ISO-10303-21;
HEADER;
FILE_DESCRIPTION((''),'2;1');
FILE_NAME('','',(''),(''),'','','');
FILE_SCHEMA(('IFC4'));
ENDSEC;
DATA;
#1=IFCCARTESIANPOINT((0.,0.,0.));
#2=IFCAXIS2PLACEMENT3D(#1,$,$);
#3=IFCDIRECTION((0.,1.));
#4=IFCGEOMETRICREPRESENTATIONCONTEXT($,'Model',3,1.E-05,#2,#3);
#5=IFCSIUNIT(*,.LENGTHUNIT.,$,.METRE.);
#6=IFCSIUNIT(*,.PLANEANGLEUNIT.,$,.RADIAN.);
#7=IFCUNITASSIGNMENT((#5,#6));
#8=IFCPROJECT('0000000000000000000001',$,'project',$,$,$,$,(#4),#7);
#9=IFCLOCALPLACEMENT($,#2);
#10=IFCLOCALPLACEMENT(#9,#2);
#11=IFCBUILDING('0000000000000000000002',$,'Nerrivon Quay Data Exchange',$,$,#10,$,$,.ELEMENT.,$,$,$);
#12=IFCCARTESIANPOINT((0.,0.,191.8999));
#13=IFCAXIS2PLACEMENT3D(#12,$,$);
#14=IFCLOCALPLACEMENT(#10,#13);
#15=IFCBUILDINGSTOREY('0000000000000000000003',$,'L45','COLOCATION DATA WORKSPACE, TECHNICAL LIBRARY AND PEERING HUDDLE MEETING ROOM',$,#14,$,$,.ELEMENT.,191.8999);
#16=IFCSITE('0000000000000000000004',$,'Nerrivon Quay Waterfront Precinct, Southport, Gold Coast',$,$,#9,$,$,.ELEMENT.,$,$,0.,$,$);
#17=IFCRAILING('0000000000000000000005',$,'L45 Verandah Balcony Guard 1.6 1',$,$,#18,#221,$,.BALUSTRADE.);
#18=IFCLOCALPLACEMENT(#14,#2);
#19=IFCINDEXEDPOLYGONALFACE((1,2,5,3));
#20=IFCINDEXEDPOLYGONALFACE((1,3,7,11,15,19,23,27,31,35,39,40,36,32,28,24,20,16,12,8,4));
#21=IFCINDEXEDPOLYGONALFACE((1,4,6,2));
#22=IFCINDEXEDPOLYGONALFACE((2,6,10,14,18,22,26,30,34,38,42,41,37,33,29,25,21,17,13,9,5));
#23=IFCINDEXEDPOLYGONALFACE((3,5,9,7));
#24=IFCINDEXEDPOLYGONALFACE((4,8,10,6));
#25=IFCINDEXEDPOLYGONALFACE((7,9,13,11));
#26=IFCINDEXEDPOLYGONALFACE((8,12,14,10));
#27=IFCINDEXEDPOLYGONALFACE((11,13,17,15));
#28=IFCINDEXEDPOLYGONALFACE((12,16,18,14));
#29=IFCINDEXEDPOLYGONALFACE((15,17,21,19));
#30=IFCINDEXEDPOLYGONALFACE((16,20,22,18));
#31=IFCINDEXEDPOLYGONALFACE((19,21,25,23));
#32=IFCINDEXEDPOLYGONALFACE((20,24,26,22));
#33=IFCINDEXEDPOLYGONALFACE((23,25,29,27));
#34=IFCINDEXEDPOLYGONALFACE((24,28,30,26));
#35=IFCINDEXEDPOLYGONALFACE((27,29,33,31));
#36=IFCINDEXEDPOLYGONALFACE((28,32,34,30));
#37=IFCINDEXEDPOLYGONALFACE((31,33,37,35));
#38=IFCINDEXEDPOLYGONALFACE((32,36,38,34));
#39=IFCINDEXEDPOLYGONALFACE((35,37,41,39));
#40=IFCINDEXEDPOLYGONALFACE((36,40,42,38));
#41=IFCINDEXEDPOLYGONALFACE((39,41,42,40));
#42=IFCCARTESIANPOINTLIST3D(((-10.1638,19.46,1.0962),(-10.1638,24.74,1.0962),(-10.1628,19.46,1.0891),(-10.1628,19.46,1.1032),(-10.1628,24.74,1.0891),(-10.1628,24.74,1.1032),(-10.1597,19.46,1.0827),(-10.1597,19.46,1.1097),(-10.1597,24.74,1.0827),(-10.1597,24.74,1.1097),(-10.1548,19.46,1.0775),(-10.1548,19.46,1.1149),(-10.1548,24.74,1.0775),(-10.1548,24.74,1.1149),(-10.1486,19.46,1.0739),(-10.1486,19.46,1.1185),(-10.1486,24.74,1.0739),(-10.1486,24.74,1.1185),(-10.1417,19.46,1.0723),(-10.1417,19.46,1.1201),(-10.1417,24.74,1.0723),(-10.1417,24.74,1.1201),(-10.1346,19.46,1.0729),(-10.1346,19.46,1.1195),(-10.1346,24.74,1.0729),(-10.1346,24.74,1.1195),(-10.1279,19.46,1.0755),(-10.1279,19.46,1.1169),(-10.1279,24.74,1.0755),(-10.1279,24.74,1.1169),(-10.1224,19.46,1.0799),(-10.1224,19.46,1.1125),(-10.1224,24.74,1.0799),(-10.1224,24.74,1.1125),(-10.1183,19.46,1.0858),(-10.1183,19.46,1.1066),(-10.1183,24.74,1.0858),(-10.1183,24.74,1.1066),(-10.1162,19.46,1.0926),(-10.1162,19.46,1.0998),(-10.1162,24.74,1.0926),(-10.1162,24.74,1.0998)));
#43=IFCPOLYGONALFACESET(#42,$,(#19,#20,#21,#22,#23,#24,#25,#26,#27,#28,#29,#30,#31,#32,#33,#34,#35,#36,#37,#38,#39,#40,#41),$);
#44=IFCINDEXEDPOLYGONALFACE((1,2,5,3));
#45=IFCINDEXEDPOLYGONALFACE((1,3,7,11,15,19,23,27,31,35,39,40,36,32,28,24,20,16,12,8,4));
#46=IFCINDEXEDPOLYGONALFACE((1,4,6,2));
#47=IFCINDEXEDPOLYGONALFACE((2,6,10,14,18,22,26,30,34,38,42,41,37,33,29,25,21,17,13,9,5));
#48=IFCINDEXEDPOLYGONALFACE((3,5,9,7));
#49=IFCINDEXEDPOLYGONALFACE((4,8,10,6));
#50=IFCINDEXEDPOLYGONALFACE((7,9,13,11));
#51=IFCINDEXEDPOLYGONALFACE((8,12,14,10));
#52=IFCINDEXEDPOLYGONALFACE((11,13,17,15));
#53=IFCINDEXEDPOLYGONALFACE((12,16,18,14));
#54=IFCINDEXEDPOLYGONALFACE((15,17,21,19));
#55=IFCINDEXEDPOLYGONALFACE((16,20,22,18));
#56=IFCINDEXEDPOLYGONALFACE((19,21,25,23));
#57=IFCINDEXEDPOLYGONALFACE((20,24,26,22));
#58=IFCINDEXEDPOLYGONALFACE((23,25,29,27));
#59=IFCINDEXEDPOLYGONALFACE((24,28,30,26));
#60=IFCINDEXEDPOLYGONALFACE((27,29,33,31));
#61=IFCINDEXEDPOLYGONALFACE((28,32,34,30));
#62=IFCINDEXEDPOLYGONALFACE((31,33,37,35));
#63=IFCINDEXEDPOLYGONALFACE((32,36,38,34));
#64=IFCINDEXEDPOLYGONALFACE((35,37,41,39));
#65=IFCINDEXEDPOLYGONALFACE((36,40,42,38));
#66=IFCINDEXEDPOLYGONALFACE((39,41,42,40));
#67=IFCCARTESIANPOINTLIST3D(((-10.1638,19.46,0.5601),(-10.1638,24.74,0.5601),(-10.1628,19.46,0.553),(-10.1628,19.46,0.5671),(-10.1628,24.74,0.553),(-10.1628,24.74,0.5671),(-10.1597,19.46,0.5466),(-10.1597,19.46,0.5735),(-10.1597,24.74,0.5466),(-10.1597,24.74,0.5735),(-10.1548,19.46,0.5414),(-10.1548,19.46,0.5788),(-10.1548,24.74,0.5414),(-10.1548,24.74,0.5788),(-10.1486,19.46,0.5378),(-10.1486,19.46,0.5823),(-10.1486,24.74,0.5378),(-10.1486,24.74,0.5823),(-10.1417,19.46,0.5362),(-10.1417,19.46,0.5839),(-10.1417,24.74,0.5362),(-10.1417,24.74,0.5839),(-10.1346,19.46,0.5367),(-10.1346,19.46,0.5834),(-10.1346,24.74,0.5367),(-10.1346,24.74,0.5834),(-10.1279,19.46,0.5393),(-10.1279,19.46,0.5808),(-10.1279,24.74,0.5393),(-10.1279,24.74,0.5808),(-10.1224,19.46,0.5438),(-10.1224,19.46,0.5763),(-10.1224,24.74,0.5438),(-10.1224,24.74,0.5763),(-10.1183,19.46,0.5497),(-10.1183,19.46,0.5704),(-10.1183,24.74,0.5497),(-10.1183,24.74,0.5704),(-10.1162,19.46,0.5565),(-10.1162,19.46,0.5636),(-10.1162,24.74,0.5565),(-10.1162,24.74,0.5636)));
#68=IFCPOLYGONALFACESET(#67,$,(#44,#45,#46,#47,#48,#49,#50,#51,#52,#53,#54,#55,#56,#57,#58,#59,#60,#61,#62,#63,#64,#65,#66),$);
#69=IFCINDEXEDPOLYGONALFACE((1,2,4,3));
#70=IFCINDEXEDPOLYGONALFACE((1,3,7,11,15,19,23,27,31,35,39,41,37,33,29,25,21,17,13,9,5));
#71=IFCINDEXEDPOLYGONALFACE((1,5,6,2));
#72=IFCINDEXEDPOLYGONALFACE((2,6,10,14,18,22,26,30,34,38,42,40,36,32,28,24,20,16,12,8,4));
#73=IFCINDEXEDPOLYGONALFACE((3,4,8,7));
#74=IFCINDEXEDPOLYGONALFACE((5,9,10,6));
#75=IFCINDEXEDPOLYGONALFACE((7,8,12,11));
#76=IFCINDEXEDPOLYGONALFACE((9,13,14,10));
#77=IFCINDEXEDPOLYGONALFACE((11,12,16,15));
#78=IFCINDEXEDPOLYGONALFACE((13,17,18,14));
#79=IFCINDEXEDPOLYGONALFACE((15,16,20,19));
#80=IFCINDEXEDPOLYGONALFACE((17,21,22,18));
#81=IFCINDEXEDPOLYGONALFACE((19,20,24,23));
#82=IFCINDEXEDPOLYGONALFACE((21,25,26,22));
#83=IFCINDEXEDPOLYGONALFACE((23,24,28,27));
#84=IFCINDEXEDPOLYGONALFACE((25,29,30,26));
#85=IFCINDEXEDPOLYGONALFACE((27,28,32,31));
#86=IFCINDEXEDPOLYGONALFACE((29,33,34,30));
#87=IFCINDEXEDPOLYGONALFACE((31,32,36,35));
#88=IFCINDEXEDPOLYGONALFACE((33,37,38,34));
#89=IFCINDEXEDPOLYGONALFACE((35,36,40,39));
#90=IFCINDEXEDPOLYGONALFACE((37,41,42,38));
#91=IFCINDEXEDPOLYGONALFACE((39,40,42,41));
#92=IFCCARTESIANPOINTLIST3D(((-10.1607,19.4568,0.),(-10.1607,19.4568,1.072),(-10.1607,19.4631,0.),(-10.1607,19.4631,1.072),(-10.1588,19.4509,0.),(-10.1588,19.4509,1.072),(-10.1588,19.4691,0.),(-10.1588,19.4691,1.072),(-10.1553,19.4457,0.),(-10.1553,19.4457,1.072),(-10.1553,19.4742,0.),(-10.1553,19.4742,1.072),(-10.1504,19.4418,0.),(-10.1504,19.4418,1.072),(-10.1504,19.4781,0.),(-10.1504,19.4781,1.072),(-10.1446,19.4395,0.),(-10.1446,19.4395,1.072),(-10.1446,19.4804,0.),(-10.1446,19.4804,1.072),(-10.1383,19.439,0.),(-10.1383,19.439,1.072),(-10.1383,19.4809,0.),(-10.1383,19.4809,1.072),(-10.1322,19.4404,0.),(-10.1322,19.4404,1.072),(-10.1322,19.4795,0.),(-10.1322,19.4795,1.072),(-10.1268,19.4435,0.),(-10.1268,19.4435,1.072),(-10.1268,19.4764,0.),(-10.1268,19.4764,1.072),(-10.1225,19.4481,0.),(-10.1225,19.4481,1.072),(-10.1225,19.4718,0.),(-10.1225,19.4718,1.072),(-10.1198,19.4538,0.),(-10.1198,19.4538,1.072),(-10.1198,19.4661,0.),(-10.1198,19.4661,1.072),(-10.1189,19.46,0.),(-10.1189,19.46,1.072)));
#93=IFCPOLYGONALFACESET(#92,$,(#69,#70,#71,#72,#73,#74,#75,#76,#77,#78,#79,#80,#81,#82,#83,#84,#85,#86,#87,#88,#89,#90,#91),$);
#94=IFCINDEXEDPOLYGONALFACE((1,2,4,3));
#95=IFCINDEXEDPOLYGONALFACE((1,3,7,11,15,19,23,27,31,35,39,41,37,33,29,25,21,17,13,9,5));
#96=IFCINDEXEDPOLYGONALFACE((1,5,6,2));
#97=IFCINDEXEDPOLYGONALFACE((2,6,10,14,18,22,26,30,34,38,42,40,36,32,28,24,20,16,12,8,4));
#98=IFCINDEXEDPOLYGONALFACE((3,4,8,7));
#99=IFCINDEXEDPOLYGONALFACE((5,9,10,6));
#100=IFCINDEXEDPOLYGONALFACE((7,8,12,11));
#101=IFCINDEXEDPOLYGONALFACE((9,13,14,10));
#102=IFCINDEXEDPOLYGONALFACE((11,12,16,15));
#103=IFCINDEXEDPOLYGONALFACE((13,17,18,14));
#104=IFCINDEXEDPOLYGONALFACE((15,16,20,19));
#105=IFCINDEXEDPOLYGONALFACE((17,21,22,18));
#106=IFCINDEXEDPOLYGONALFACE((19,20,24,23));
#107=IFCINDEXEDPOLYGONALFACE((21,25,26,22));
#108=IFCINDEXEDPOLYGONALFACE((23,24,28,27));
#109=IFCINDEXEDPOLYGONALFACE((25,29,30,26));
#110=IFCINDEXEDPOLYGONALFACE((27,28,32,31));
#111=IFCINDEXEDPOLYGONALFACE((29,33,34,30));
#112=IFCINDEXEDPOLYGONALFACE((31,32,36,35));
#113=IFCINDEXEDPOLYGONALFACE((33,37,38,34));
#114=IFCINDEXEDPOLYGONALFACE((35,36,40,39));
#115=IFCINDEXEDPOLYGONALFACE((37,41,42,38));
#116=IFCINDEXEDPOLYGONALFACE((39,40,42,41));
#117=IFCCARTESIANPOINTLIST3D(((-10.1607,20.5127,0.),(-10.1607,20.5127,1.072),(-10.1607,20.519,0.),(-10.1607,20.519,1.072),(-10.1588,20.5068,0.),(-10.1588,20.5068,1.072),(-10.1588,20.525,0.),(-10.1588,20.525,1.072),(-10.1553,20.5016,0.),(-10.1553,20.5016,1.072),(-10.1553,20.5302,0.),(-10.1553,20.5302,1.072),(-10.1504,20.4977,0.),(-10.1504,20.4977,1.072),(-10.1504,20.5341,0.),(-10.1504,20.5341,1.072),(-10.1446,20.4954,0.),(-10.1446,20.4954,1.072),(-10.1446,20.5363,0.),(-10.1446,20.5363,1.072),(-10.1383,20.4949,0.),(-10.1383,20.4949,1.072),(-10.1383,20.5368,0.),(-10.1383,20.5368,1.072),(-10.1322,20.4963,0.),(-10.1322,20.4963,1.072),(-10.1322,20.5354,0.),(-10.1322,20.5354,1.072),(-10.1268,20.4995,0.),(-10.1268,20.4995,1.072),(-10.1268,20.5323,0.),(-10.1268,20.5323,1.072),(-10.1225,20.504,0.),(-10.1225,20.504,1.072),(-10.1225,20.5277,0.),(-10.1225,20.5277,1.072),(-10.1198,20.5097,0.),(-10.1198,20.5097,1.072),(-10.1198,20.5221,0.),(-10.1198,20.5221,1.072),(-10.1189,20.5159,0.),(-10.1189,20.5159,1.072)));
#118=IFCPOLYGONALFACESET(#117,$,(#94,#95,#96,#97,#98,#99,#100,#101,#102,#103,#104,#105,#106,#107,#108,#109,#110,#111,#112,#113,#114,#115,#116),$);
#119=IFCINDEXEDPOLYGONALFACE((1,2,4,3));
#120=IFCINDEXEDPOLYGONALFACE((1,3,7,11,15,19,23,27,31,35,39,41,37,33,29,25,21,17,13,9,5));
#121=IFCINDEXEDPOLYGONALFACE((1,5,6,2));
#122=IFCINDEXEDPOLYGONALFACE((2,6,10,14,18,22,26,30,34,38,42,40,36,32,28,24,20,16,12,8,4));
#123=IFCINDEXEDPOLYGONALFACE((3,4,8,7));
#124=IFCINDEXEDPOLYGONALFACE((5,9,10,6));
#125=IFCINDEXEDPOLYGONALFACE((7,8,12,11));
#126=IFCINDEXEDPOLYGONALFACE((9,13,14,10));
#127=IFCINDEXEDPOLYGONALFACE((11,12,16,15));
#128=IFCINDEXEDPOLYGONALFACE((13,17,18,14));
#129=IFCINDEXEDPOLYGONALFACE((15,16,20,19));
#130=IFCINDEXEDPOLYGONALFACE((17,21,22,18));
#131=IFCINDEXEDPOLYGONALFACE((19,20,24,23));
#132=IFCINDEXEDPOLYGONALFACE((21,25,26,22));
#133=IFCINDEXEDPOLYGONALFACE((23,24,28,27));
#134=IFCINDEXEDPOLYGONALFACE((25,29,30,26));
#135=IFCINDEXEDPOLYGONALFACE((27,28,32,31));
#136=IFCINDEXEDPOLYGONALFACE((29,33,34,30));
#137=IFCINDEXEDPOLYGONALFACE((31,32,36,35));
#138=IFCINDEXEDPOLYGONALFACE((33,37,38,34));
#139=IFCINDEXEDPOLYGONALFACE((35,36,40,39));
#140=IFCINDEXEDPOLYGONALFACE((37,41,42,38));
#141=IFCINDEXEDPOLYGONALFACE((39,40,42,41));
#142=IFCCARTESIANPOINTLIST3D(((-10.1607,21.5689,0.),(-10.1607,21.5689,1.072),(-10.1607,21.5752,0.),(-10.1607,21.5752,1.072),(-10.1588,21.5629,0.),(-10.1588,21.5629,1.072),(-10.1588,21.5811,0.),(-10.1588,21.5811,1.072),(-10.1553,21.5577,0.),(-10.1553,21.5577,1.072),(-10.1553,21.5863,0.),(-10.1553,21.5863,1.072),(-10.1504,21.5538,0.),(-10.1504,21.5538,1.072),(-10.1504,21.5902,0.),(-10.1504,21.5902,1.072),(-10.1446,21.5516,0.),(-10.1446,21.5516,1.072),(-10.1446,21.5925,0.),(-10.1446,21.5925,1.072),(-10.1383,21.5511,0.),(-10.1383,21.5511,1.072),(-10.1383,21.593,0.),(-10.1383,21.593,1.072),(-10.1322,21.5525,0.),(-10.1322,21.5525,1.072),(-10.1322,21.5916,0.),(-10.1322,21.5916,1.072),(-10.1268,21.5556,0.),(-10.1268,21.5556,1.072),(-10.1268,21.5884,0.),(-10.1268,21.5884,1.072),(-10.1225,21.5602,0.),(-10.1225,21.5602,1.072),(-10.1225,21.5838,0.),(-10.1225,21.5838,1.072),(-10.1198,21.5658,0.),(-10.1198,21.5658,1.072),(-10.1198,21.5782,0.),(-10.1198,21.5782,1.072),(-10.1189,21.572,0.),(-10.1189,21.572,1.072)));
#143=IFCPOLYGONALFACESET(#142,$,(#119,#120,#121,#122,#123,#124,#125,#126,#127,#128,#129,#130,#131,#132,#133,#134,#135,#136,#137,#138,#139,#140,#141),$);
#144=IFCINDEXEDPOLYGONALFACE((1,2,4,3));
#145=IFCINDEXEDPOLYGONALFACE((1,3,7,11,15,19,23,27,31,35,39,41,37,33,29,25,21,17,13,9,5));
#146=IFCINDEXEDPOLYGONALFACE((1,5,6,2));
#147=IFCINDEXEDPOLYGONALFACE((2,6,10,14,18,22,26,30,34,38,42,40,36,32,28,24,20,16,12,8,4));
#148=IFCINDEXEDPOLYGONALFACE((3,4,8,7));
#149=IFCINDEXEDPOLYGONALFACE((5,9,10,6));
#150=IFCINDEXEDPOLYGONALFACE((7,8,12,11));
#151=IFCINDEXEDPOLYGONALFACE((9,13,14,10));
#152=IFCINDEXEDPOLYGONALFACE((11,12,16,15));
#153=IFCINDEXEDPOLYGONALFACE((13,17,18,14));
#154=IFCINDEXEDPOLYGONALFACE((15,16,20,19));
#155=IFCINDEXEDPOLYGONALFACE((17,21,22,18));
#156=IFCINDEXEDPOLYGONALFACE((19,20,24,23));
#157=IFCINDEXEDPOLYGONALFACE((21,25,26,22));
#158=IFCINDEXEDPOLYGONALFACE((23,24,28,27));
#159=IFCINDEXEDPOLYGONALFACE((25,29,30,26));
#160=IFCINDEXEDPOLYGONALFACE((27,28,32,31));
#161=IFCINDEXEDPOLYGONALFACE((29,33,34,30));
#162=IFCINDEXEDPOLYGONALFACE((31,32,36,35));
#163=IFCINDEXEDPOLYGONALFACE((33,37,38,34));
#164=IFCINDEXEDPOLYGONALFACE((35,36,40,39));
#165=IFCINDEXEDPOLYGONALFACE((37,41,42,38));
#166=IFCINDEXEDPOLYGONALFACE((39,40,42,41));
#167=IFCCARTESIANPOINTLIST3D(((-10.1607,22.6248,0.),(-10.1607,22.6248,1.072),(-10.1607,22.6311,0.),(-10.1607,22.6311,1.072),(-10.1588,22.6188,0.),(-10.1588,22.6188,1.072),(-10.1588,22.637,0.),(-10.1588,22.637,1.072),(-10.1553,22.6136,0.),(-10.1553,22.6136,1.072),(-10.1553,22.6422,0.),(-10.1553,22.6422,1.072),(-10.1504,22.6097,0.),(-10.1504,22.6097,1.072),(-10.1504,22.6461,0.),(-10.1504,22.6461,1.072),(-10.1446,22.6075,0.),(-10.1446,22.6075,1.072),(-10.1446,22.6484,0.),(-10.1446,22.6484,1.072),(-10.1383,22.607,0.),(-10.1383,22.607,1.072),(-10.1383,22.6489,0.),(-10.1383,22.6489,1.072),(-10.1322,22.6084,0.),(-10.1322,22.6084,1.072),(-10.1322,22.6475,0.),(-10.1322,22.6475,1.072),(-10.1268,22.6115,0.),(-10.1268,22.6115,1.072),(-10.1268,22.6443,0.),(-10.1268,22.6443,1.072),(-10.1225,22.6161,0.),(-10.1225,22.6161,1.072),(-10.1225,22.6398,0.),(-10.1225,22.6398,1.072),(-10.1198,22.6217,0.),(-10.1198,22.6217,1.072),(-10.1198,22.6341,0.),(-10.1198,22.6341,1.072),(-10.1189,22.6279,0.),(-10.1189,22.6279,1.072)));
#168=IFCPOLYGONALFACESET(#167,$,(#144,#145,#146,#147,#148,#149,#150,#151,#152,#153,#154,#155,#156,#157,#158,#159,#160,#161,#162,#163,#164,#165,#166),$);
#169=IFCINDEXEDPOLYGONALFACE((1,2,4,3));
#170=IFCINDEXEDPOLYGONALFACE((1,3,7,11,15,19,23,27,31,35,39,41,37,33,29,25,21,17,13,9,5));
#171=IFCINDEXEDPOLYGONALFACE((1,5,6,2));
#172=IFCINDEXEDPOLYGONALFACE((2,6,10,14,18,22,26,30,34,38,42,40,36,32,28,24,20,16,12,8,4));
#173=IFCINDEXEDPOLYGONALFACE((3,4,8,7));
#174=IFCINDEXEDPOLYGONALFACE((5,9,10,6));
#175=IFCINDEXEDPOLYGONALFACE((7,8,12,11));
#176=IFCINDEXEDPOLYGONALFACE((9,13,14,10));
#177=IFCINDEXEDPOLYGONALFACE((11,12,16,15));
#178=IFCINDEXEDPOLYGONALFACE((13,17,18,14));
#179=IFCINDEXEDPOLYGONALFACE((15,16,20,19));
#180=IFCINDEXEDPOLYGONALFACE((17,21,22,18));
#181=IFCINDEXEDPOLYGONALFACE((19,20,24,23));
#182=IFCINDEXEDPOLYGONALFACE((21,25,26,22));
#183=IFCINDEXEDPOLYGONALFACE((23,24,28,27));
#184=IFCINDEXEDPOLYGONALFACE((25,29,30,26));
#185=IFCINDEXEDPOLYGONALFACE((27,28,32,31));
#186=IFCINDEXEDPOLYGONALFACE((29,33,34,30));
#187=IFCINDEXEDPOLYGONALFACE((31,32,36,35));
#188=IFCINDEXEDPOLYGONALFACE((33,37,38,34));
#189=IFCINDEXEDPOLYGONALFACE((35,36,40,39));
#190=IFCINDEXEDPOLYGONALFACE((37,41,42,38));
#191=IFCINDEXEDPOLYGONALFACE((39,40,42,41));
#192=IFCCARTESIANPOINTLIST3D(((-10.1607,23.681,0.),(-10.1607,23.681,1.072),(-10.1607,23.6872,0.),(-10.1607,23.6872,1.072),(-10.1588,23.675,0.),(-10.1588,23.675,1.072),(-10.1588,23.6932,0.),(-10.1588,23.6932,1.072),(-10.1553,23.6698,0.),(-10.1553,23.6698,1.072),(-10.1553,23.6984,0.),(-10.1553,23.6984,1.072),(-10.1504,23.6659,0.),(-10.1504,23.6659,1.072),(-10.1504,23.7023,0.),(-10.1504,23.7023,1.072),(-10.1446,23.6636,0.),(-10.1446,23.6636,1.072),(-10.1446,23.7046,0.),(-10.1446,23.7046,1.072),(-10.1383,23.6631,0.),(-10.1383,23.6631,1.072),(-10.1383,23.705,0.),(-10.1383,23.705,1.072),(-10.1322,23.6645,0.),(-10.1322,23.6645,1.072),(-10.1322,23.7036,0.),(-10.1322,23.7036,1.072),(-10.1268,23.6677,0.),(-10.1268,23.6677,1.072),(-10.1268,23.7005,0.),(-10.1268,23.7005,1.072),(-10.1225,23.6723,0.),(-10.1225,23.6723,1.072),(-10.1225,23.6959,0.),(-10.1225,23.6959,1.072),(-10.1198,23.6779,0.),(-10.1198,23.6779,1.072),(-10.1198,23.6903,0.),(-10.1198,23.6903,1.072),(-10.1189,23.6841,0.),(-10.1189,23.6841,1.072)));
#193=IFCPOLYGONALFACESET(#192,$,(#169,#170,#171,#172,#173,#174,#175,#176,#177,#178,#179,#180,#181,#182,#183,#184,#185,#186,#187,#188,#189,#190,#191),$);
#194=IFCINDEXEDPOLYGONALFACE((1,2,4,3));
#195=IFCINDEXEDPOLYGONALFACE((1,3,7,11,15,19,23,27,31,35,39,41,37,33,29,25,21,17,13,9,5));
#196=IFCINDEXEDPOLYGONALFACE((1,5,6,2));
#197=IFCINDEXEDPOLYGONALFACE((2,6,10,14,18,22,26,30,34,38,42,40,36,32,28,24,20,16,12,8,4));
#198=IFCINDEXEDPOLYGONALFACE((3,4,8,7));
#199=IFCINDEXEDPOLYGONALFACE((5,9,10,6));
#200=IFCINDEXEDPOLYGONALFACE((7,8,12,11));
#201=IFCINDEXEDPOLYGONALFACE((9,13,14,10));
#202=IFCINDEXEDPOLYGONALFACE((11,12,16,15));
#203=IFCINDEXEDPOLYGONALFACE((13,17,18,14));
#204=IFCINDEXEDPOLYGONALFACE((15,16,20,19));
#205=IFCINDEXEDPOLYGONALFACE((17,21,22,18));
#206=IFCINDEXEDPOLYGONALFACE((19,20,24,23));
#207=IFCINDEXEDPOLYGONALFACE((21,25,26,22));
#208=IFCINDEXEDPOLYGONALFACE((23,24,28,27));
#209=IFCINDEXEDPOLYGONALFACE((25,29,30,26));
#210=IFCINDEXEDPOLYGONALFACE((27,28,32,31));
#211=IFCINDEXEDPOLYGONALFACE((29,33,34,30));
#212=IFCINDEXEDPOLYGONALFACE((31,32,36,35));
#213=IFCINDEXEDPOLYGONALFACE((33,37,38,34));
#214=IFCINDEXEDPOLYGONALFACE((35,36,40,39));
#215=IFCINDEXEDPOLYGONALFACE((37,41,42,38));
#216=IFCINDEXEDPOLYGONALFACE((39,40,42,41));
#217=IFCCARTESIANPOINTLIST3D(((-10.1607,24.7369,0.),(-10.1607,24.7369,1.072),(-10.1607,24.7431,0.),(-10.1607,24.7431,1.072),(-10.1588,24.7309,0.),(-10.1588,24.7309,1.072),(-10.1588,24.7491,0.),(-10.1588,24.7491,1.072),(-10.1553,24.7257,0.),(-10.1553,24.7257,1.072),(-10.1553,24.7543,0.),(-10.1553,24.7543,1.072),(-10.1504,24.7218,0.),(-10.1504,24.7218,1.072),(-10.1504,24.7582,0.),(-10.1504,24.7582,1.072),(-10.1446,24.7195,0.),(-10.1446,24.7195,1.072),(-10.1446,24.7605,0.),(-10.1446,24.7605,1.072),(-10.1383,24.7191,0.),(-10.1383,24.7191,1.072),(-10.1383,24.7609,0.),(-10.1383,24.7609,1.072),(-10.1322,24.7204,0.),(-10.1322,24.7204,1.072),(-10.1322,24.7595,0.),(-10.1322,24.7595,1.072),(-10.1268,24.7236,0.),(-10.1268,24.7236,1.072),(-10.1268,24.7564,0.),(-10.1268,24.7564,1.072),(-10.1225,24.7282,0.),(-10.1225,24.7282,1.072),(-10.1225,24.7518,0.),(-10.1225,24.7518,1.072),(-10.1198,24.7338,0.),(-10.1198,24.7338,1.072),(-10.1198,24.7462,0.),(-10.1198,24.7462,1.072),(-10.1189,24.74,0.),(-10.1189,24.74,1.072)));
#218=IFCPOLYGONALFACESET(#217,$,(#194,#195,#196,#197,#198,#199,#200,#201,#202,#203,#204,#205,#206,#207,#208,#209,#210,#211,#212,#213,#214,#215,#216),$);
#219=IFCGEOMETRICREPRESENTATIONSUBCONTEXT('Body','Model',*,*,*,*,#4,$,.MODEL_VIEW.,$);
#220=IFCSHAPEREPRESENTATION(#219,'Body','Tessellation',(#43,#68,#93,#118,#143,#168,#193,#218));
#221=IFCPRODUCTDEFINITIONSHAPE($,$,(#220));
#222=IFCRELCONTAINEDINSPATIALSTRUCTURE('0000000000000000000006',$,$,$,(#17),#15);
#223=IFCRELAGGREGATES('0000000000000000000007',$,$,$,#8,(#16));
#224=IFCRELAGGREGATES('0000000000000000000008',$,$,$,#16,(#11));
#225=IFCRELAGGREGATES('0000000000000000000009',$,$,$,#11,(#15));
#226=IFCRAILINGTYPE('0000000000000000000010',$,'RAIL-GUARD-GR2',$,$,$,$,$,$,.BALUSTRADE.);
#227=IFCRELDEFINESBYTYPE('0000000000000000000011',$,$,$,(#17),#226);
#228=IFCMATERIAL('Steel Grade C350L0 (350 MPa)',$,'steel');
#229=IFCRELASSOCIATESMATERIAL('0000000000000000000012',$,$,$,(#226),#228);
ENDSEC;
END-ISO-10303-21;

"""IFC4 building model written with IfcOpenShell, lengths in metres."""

from ifc_helpers import new_model, si_unit, direction, frame, origin, origin_2d, place, context, subcontext, project, spatial, circle, extrude, material, type_object, element, save


model = new_model("IFC4")

# Units and contexts
model_context = context("Model", 3, precision=1e-05, world=origin(), true_north=direction((0.0, 1.0)))
body_context = subcontext(model_context, "Body", "Model", "MODEL_VIEW")
ifc_project = project(units=[si_unit("LENGTHUNIT", "METRE"), si_unit("PLANEANGLEUNIT", "RADIAN")], contexts=[model_context])

# Site, building, storey
site_placement = place(None, origin())
site = spatial("IfcSite", under=ifc_project, at=site_placement, Name="Nerrivon Quay Waterfront Precinct, Southport, Gold Coast", CompositionType="ELEMENT", RefElevation=0.0)
building_placement = place(site_placement, origin())
building = spatial("IfcBuilding", under=site, at=building_placement, Name="Nerrivon Quay Data Exchange", CompositionType="ELEMENT")
storey_placement = place(building_placement, frame((0.0, 0.0, 191.8999)))
storey = spatial("IfcBuildingStorey", under=building, at=storey_placement, Name="L45", Description="COLOCATION DATA WORKSPACE, TECHNICAL LIBRARY AND PEERING HUDDLE MEETING ROOM", CompositionType="ELEMENT", Elevation=191.8999)

# Railing
ifc_material_1 = material(Name="Steel Grade C350L0 (350 MPa)", Category="steel")
railing_type = type_object("IfcRailingType", Name="RAIL-GUARD-GR2", PredefinedType="BALUSTRADE", material=ifc_material_1)
railing_1_placement = place(storey_placement, frame((-10.1399, 19.46, 0.0)))
element("IfcRailing", 1, at=railing_1_placement, inside=storey, type_object=railing_type, Name="L45 Verandah Balcony Guard 1.6 1", PredefinedType="BALUSTRADE", context=body_context, shape_type="SweptSolid", body=[
    extrude(circle(Radius=0.0239, at=origin_2d()), frame((0.0, 0.0, 1.0962), z_axis=(0.0, 1.0, 0.0), x_axis=(-1.0, 0.0, 0.0)), (0.0, 0.0, 1.0), 5.28),
    extrude(circle(Radius=0.0239, at=origin_2d()), frame((0.0, 0.0, 0.5601), z_axis=(0.0, 1.0, 0.0), x_axis=(-1.0, 0.0, 0.0)), (0.0, 0.0, 1.0), 5.28),
    extrude(circle(Radius=0.021, at=origin_2d()), origin(), (0.0, 0.0, 1.0), 1.072),
    extrude(circle(Radius=0.021, at=origin_2d()), frame((0.0, 1.0559, 0.0)), (0.0, 0.0, 1.0), 1.072),
    extrude(circle(Radius=0.021, at=origin_2d()), frame((0.0, 2.1121, 0.0)), (0.0, 0.0, 1.0), 1.072),
    extrude(circle(Radius=0.021, at=origin_2d()), frame((0.0, 3.168, 0.0)), (0.0, 0.0, 1.0), 1.072),
    extrude(circle(Radius=0.021, at=origin_2d()), frame((0.0, 4.2241, 0.0)), (0.0, 0.0, 1.0), 1.072),
    extrude(circle(Radius=0.021, at=origin_2d()), frame((0.0, 5.28, 0.0)), (0.0, 0.0, 1.0), 1.072),
])

save(model, "model.ifc")
